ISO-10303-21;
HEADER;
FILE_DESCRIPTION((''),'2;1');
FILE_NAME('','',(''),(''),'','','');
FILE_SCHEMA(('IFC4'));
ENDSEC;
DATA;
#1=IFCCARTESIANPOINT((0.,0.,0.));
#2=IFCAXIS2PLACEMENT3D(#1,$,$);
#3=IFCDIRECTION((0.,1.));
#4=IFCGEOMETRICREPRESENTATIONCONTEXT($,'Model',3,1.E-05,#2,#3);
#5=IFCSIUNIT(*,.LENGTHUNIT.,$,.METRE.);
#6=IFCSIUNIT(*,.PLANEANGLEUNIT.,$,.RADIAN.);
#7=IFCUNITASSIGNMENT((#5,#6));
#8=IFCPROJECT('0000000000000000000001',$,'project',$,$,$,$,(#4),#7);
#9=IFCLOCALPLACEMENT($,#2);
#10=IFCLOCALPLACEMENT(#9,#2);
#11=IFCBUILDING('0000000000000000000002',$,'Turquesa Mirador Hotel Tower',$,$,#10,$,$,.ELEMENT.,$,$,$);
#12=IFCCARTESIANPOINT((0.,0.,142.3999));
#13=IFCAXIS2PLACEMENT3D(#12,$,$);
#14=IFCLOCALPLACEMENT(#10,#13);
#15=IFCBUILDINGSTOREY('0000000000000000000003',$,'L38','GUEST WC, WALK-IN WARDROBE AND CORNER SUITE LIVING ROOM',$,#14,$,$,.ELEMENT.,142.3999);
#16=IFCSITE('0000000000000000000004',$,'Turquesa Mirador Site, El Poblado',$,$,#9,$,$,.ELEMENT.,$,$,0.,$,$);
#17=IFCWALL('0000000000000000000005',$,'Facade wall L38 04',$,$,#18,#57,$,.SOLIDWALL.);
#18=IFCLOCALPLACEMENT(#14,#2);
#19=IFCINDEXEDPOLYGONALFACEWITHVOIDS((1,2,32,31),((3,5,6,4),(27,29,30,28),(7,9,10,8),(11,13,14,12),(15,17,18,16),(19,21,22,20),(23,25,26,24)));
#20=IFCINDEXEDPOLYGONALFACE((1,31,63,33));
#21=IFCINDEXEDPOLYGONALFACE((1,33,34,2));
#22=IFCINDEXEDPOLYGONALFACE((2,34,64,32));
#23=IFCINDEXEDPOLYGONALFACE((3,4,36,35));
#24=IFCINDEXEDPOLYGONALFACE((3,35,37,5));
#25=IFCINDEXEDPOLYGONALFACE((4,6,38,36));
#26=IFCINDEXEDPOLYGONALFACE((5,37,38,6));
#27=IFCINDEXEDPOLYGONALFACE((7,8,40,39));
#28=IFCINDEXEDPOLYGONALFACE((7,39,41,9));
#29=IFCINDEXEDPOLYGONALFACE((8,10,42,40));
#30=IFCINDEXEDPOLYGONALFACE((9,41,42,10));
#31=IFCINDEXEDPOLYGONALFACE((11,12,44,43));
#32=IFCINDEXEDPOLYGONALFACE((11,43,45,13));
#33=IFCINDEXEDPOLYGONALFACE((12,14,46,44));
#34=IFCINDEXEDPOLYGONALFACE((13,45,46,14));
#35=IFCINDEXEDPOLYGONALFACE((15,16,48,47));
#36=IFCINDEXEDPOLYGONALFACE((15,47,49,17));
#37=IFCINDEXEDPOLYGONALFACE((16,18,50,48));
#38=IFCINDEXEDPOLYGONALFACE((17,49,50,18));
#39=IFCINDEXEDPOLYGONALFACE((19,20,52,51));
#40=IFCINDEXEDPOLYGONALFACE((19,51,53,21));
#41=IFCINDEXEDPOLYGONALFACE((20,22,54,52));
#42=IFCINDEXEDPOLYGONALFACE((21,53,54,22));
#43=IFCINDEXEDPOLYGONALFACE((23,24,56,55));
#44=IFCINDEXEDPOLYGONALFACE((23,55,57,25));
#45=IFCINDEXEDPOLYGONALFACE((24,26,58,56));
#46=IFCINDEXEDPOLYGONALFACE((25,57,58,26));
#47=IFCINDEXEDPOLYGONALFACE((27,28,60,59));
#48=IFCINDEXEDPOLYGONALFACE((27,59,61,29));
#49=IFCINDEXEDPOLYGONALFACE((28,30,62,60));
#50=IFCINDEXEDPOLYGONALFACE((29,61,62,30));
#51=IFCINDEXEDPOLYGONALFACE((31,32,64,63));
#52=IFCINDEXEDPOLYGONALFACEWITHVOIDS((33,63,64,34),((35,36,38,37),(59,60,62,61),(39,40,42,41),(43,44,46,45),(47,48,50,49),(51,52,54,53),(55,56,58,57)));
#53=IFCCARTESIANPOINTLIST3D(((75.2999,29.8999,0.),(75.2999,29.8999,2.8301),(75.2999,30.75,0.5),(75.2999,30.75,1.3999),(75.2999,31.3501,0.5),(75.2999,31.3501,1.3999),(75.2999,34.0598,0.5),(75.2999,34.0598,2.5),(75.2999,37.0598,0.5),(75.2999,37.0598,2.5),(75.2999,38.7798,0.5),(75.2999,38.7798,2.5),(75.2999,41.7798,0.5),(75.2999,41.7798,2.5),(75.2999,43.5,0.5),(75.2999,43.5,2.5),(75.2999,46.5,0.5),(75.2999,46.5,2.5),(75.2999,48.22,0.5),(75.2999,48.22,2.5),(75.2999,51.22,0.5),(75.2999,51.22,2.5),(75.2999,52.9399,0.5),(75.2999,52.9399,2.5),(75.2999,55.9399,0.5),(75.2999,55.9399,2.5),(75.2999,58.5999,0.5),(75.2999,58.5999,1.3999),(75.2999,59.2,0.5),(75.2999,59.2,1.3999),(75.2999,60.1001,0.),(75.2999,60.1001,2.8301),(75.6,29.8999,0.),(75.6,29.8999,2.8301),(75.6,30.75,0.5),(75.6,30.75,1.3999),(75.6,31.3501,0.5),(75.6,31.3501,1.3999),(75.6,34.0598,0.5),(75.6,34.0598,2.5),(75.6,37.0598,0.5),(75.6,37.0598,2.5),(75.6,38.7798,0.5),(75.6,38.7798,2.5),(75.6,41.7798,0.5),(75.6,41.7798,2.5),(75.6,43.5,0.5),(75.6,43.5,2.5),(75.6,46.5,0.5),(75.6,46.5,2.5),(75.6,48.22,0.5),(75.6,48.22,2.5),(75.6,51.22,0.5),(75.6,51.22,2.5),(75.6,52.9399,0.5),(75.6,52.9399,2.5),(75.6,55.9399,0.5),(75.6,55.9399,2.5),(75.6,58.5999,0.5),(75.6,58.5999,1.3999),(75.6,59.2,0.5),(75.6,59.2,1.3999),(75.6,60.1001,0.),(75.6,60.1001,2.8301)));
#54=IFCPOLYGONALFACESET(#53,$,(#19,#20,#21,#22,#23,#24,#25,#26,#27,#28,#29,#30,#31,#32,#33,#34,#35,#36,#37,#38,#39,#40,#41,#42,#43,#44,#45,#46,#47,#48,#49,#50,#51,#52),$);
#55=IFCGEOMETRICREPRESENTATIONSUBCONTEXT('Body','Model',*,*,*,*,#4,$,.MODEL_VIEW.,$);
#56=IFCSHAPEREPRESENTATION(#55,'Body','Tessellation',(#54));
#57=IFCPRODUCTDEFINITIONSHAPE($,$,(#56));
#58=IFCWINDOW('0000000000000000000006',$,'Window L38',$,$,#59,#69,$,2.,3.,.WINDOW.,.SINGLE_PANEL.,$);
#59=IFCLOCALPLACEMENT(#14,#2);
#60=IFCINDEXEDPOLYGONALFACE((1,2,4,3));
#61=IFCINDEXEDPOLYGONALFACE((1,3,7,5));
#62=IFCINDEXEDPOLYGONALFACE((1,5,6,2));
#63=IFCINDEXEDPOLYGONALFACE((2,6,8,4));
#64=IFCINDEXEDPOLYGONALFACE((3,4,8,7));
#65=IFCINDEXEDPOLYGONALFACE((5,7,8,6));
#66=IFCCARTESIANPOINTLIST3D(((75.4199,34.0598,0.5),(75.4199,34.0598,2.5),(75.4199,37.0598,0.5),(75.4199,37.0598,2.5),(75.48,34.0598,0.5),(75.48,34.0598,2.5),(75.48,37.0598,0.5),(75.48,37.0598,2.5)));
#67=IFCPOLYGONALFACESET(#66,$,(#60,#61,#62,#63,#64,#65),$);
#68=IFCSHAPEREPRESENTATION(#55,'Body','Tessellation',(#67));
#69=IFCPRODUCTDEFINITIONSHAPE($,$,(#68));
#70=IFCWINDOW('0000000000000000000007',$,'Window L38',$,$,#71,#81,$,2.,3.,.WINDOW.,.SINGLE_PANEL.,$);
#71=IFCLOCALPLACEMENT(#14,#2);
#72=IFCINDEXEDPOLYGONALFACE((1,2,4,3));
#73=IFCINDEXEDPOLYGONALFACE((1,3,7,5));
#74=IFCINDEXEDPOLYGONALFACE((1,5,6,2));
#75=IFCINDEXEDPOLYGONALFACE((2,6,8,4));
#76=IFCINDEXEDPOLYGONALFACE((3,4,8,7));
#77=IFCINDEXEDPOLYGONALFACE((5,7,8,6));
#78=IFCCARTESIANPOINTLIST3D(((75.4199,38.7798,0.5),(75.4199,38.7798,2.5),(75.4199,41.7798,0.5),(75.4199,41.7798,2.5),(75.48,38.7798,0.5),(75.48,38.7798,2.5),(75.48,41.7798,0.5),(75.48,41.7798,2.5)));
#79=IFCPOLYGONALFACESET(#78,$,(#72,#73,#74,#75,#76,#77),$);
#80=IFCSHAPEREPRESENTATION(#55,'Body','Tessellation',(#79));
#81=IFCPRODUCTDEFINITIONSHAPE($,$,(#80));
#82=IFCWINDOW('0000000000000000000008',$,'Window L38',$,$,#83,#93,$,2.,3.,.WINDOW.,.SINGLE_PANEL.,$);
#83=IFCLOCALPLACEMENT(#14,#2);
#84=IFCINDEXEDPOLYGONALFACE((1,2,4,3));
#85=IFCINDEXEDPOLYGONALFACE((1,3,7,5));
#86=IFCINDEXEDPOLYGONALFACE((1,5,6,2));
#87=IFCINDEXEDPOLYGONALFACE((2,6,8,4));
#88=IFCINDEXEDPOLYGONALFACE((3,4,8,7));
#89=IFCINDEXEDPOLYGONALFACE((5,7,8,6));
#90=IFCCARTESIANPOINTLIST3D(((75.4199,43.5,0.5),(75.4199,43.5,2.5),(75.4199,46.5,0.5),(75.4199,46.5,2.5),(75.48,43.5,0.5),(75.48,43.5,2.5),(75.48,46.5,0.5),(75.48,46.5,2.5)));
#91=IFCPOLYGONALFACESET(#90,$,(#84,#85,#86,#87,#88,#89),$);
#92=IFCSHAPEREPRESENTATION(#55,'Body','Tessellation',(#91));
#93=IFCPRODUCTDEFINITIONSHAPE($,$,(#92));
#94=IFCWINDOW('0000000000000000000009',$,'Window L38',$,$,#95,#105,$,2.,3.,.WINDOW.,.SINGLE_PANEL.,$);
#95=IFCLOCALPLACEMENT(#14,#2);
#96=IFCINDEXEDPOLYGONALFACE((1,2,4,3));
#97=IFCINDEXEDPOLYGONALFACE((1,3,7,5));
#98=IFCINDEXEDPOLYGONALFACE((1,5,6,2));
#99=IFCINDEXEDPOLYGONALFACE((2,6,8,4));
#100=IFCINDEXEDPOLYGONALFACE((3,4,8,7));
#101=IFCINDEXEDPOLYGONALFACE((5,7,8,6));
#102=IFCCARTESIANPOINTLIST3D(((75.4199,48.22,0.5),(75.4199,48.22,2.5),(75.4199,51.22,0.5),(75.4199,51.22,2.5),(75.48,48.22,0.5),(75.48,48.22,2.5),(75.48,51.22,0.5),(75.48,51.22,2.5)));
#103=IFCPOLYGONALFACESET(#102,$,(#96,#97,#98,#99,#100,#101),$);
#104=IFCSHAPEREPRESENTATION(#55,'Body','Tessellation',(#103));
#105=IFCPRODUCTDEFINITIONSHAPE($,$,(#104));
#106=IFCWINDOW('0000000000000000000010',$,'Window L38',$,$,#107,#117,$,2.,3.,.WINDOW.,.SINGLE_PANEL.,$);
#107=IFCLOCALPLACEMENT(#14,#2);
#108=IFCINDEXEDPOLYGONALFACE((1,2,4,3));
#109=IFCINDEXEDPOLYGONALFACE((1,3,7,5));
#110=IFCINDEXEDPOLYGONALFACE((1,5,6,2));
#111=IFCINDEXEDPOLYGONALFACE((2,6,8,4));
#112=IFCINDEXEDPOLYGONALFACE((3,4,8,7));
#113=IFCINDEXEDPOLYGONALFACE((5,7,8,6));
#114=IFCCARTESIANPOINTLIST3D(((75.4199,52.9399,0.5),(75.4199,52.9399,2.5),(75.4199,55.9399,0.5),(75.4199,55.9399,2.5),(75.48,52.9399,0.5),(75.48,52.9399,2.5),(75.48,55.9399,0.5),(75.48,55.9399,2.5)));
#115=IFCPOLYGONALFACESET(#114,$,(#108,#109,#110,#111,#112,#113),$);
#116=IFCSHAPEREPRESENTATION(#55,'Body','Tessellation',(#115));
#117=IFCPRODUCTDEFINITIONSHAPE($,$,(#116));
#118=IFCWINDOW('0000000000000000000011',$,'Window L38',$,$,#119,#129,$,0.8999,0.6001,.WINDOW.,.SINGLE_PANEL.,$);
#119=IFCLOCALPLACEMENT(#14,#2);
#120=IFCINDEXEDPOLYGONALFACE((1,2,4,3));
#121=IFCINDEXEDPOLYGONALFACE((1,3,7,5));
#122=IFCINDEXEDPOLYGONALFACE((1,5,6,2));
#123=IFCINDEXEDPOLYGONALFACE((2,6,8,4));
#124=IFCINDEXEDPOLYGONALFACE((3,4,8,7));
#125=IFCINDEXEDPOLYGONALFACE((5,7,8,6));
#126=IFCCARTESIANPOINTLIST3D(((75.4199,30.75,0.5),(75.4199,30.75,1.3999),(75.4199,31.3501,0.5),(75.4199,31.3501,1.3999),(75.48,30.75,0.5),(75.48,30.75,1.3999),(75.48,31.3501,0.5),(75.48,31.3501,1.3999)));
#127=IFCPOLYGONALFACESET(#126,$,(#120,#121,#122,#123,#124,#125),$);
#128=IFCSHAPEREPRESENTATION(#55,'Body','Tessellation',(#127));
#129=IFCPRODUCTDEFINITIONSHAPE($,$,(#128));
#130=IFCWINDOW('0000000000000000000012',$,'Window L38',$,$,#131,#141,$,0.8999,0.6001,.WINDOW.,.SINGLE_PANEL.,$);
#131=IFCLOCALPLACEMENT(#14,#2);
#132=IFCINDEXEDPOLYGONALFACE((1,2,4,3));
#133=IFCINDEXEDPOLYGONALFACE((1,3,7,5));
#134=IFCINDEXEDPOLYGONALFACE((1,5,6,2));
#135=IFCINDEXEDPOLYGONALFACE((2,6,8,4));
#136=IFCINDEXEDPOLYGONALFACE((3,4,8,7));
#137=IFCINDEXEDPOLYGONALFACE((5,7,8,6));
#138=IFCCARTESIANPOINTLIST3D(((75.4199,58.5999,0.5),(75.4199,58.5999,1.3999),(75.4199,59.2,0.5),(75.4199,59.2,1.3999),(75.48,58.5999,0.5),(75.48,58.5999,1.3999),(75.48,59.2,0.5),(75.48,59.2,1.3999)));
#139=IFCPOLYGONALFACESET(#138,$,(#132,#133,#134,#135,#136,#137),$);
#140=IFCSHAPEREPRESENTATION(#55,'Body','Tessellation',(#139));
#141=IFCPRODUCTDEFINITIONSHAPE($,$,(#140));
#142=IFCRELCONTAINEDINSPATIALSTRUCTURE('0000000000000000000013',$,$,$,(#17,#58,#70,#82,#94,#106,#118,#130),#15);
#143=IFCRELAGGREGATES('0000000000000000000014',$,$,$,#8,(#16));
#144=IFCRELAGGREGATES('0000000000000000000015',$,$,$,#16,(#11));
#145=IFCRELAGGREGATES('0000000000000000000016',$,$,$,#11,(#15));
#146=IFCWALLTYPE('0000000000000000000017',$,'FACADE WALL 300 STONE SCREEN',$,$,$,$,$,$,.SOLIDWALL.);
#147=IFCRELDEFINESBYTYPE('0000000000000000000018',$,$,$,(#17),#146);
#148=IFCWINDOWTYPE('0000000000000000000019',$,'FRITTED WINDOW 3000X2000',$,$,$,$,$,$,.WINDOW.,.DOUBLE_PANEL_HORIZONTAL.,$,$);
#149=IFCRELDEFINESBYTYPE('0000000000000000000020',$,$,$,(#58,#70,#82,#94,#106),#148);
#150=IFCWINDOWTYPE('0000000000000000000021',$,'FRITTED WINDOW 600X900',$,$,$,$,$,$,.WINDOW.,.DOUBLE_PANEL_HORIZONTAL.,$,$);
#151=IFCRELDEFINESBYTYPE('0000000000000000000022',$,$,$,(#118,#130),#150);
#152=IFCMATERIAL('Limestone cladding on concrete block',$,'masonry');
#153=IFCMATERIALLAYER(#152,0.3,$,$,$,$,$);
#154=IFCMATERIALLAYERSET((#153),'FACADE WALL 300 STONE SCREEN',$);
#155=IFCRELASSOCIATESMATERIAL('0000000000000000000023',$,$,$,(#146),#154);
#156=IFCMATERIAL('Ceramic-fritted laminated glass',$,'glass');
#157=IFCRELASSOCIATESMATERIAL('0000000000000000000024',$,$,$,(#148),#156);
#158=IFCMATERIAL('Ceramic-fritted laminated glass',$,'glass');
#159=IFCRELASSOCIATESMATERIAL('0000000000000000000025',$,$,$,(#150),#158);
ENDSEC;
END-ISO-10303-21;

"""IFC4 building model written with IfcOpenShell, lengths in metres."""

from ifc_helpers import new_model, si_unit, direction, frame, frame_2d, origin, place, context, subcontext, project, spatial, rectangle, extrude, material, layer, layer_set, type_object, element, fill, save


model = new_model("IFC4")

# Units and contexts
model_context = context("Model", 3, precision=1e-05, world=origin(), true_north=direction((0.0, 1.0)))
body_context = subcontext(model_context, "Body", "Model", "MODEL_VIEW")
ifc_project = project(units=[si_unit("LENGTHUNIT", "METRE"), si_unit("PLANEANGLEUNIT", "RADIAN")], contexts=[model_context])

# Site, building, storey
site_placement = place(None, origin())
site = spatial("IfcSite", under=ifc_project, at=site_placement, Name="Turquesa Mirador Site, El Poblado", CompositionType="ELEMENT", RefElevation=0.0)
building_placement = place(site_placement, origin())
building = spatial("IfcBuilding", under=site, at=building_placement, Name="Turquesa Mirador Hotel Tower", CompositionType="ELEMENT")
storey_placement = place(building_placement, frame((0.0, 0.0, 142.3999)))
storey = spatial("IfcBuildingStorey", under=building, at=storey_placement, Name="L38", Description="GUEST WC, WALK-IN WARDROBE AND CORNER SUITE LIVING ROOM", CompositionType="ELEMENT", Elevation=142.3999)

# Shared definitions
ifc_material_1 = material(Name="Limestone cladding on concrete block", Category="masonry")
ifc_layer_1 = layer(ifc_material_1, 0.3)
ifc_layer_set_1 = layer_set([ifc_layer_1], Name="FACADE WALL 300 STONE SCREEN")
wall_type_1 = type_object("IfcWallType", Name="FACADE WALL 300 STONE SCREEN", PredefinedType="SOLIDWALL", material=ifc_layer_set_1)

# Wall, openings, windows
wall_1_placement = place(storey_placement, frame((75.45, 29.8999, 0.0), z_axis=(0.0, 0.0, 1.0), x_axis=(0.0, 1.0, 0.0)))
wall_1 = element("IfcWall", 1, at=wall_1_placement, inside=storey, type_object=wall_type_1, Name="Facade wall L38 04", PredefinedType="SOLIDWALL", context=body_context, shape_type="SweptSolid", body=[
    extrude(rectangle(XDim=30.2002, YDim=0.3, at=frame_2d((15.1001, 0.0))), origin(), (0.0, 0.0, 1.0), 2.8301),
])
opening_1_placement = place(wall_1_placement, frame((0.8501, 0.0, 0.5)))
opening_1 = element("IfcOpeningElement", 2, at=opening_1_placement, cuts=wall_1, PredefinedType="OPENING", context=body_context, shape_type="SweptSolid", body=[
    extrude(rectangle(XDim=0.6001, YDim=0.8999, at=frame_2d((0.3, 0.45))), frame((0.0, 0.1599, 0.0), z_axis=(0.0, -1.0, 0.0), x_axis=(1.0, 0.0, 0.0)), (0.0, 0.0, 1.0), 0.3201),
])
opening_2_placement = place(wall_1_placement, frame((4.1599, 0.0, 0.5)))
opening_2 = element("IfcOpeningElement", 3, at=opening_2_placement, cuts=wall_1, PredefinedType="OPENING", context=body_context, shape_type="SweptSolid", body=[
    extrude(rectangle(XDim=3.0, YDim=2.0, at=frame_2d((1.5, 1.0))), frame((0.0, 0.1599, 0.0), z_axis=(0.0, -1.0, 0.0), x_axis=(1.0, 0.0, 0.0)), (0.0, 0.0, 1.0), 0.3201),
])
opening_3_placement = place(wall_1_placement, frame((8.8799, 0.0, 0.5)))
opening_3 = element("IfcOpeningElement", 4, at=opening_3_placement, cuts=wall_1, PredefinedType="OPENING", context=body_context, shape_type="SweptSolid", body=[
    extrude(rectangle(XDim=3.0, YDim=2.0, at=frame_2d((1.5, 1.0))), frame((0.0, 0.1599, 0.0), z_axis=(0.0, -1.0, 0.0), x_axis=(1.0, 0.0, 0.0)), (0.0, 0.0, 1.0), 0.3201),
])
opening_4_placement = place(wall_1_placement, frame((13.6001, 0.0, 0.5)))
opening_4 = element("IfcOpeningElement", 5, at=opening_4_placement, cuts=wall_1, PredefinedType="OPENING", context=body_context, shape_type="SweptSolid", body=[
    extrude(rectangle(XDim=3.0, YDim=2.0, at=frame_2d((1.5, 1.0))), frame((0.0, 0.1599, 0.0), z_axis=(0.0, -1.0, 0.0), x_axis=(1.0, 0.0, 0.0)), (0.0, 0.0, 1.0), 0.3201),
])
opening_5_placement = place(wall_1_placement, frame((18.3201, 0.0, 0.5)))
opening_5 = element("IfcOpeningElement", 6, at=opening_5_placement, cuts=wall_1, PredefinedType="OPENING", context=body_context, shape_type="SweptSolid", body=[
    extrude(rectangle(XDim=3.0, YDim=2.0, at=frame_2d((1.5, 1.0))), frame((0.0, 0.1599, 0.0), z_axis=(0.0, -1.0, 0.0), x_axis=(1.0, 0.0, 0.0)), (0.0, 0.0, 1.0), 0.3201),
])
opening_6_placement = place(wall_1_placement, frame((23.04, 0.0, 0.5)))
opening_6 = element("IfcOpeningElement", 7, at=opening_6_placement, cuts=wall_1, PredefinedType="OPENING", context=body_context, shape_type="SweptSolid", body=[
    extrude(rectangle(XDim=3.0, YDim=2.0, at=frame_2d((1.5, 1.0))), frame((0.0, 0.1599, 0.0), z_axis=(0.0, -1.0, 0.0), x_axis=(1.0, 0.0, 0.0)), (0.0, 0.0, 1.0), 0.3201),
])
opening_7_placement = place(wall_1_placement, frame((28.7, 0.0, 0.5)))
opening_7 = element("IfcOpeningElement", 8, at=opening_7_placement, cuts=wall_1, PredefinedType="OPENING", context=body_context, shape_type="SweptSolid", body=[
    extrude(rectangle(XDim=0.6001, YDim=0.8999, at=frame_2d((0.3, 0.45))), frame((0.0, 0.1599, 0.0), z_axis=(0.0, -1.0, 0.0), x_axis=(1.0, 0.0, 0.0)), (0.0, 0.0, 1.0), 0.3201),
])
ifc_material_2 = material(Name="Ceramic-fritted laminated glass", Category="glass")
window_type_1 = type_object("IfcWindowType", Name="FRITTED WINDOW 3000X2000", PartitioningType="DOUBLE_PANEL_HORIZONTAL", PredefinedType="WINDOW", material=ifc_material_2)
window_1_placement = place(opening_2_placement, origin())
window_1 = element("IfcWindow", 9, at=window_1_placement, inside=storey, type_object=window_type_1, Name="Window L38", OverallHeight=2.0, OverallWidth=3.0, PartitioningType="SINGLE_PANEL", PredefinedType="WINDOW", context=body_context, shape_type="SweptSolid", body=[
    extrude(rectangle(XDim=3.0, YDim=2.0, at=frame_2d((1.5, 1.0))), frame((0.0, 0.03, 0.0), z_axis=(0.0, -1.0, 0.0), x_axis=(1.0, 0.0, 0.0)), (0.0, 0.0, 1.0), 0.0601),
])
fill(opening_2, window_1)
window_2_placement = place(opening_3_placement, origin())
window_2 = element("IfcWindow", 10, at=window_2_placement, inside=storey, type_object=window_type_1, Name="Window L38", OverallHeight=2.0, OverallWidth=3.0, PartitioningType="SINGLE_PANEL", PredefinedType="WINDOW", context=body_context, shape_type="SweptSolid", body=[
    extrude(rectangle(XDim=3.0, YDim=2.0, at=frame_2d((1.5, 1.0))), frame((0.0, 0.03, 0.0), z_axis=(0.0, -1.0, 0.0), x_axis=(1.0, 0.0, 0.0)), (0.0, 0.0, 1.0), 0.0601),
])
fill(opening_3, window_2)
window_3_placement = place(opening_4_placement, origin())
window_3 = element("IfcWindow", 11, at=window_3_placement, inside=storey, type_object=window_type_1, Name="Window L38", OverallHeight=2.0, OverallWidth=3.0, PartitioningType="SINGLE_PANEL", PredefinedType="WINDOW", context=body_context, shape_type="SweptSolid", body=[
    extrude(rectangle(XDim=3.0, YDim=2.0, at=frame_2d((1.5, 1.0))), frame((0.0, 0.03, 0.0), z_axis=(0.0, -1.0, 0.0), x_axis=(1.0, 0.0, 0.0)), (0.0, 0.0, 1.0), 0.0601),
])
fill(opening_4, window_3)
window_4_placement = place(opening_5_placement, origin())
window_4 = element("IfcWindow", 12, at=window_4_placement, inside=storey, type_object=window_type_1, Name="Window L38", OverallHeight=2.0, OverallWidth=3.0, PartitioningType="SINGLE_PANEL", PredefinedType="WINDOW", context=body_context, shape_type="SweptSolid", body=[
    extrude(rectangle(XDim=3.0, YDim=2.0, at=frame_2d((1.5, 1.0))), frame((0.0, 0.03, 0.0), z_axis=(0.0, -1.0, 0.0), x_axis=(1.0, 0.0, 0.0)), (0.0, 0.0, 1.0), 0.0601),
])
fill(opening_5, window_4)
window_5_placement = place(opening_6_placement, origin())
window_5 = element("IfcWindow", 13, at=window_5_placement, inside=storey, type_object=window_type_1, Name="Window L38", OverallHeight=2.0, OverallWidth=3.0, PartitioningType="SINGLE_PANEL", PredefinedType="WINDOW", context=body_context, shape_type="SweptSolid", body=[
    extrude(rectangle(XDim=3.0, YDim=2.0, at=frame_2d((1.5, 1.0))), frame((0.0, 0.03, 0.0), z_axis=(0.0, -1.0, 0.0), x_axis=(1.0, 0.0, 0.0)), (0.0, 0.0, 1.0), 0.0601),
])
fill(opening_6, window_5)
ifc_material_3 = material(Name="Ceramic-fritted laminated glass", Category="glass")
window_type_2 = type_object("IfcWindowType", Name="FRITTED WINDOW 600X900", PartitioningType="DOUBLE_PANEL_HORIZONTAL", PredefinedType="WINDOW", material=ifc_material_3)
window_6_placement = place(opening_1_placement, origin())
window_6 = element("IfcWindow", 14, at=window_6_placement, inside=storey, type_object=window_type_2, Name="Window L38", OverallHeight=0.8999, OverallWidth=0.6001, PartitioningType="SINGLE_PANEL", PredefinedType="WINDOW", context=body_context, shape_type="SweptSolid", body=[
    extrude(rectangle(XDim=0.6001, YDim=0.8999, at=frame_2d((0.3, 0.45))), frame((0.0, 0.03, 0.0), z_axis=(0.0, -1.0, 0.0), x_axis=(1.0, 0.0, 0.0)), (0.0, 0.0, 1.0), 0.0601),
])
fill(opening_1, window_6)
window_7_placement = place(opening_7_placement, origin())
window_7 = element("IfcWindow", 15, at=window_7_placement, inside=storey, type_object=window_type_2, Name="Window L38", OverallHeight=0.8999, OverallWidth=0.6001, PartitioningType="SINGLE_PANEL", PredefinedType="WINDOW", context=body_context, shape_type="SweptSolid", body=[
    extrude(rectangle(XDim=0.6001, YDim=0.8999, at=frame_2d((0.3, 0.45))), frame((0.0, 0.03, 0.0), z_axis=(0.0, -1.0, 0.0), x_axis=(1.0, 0.0, 0.0)), (0.0, 0.0, 1.0), 0.0601),
])
fill(opening_7, window_7)

save(model, "model.ifc")
